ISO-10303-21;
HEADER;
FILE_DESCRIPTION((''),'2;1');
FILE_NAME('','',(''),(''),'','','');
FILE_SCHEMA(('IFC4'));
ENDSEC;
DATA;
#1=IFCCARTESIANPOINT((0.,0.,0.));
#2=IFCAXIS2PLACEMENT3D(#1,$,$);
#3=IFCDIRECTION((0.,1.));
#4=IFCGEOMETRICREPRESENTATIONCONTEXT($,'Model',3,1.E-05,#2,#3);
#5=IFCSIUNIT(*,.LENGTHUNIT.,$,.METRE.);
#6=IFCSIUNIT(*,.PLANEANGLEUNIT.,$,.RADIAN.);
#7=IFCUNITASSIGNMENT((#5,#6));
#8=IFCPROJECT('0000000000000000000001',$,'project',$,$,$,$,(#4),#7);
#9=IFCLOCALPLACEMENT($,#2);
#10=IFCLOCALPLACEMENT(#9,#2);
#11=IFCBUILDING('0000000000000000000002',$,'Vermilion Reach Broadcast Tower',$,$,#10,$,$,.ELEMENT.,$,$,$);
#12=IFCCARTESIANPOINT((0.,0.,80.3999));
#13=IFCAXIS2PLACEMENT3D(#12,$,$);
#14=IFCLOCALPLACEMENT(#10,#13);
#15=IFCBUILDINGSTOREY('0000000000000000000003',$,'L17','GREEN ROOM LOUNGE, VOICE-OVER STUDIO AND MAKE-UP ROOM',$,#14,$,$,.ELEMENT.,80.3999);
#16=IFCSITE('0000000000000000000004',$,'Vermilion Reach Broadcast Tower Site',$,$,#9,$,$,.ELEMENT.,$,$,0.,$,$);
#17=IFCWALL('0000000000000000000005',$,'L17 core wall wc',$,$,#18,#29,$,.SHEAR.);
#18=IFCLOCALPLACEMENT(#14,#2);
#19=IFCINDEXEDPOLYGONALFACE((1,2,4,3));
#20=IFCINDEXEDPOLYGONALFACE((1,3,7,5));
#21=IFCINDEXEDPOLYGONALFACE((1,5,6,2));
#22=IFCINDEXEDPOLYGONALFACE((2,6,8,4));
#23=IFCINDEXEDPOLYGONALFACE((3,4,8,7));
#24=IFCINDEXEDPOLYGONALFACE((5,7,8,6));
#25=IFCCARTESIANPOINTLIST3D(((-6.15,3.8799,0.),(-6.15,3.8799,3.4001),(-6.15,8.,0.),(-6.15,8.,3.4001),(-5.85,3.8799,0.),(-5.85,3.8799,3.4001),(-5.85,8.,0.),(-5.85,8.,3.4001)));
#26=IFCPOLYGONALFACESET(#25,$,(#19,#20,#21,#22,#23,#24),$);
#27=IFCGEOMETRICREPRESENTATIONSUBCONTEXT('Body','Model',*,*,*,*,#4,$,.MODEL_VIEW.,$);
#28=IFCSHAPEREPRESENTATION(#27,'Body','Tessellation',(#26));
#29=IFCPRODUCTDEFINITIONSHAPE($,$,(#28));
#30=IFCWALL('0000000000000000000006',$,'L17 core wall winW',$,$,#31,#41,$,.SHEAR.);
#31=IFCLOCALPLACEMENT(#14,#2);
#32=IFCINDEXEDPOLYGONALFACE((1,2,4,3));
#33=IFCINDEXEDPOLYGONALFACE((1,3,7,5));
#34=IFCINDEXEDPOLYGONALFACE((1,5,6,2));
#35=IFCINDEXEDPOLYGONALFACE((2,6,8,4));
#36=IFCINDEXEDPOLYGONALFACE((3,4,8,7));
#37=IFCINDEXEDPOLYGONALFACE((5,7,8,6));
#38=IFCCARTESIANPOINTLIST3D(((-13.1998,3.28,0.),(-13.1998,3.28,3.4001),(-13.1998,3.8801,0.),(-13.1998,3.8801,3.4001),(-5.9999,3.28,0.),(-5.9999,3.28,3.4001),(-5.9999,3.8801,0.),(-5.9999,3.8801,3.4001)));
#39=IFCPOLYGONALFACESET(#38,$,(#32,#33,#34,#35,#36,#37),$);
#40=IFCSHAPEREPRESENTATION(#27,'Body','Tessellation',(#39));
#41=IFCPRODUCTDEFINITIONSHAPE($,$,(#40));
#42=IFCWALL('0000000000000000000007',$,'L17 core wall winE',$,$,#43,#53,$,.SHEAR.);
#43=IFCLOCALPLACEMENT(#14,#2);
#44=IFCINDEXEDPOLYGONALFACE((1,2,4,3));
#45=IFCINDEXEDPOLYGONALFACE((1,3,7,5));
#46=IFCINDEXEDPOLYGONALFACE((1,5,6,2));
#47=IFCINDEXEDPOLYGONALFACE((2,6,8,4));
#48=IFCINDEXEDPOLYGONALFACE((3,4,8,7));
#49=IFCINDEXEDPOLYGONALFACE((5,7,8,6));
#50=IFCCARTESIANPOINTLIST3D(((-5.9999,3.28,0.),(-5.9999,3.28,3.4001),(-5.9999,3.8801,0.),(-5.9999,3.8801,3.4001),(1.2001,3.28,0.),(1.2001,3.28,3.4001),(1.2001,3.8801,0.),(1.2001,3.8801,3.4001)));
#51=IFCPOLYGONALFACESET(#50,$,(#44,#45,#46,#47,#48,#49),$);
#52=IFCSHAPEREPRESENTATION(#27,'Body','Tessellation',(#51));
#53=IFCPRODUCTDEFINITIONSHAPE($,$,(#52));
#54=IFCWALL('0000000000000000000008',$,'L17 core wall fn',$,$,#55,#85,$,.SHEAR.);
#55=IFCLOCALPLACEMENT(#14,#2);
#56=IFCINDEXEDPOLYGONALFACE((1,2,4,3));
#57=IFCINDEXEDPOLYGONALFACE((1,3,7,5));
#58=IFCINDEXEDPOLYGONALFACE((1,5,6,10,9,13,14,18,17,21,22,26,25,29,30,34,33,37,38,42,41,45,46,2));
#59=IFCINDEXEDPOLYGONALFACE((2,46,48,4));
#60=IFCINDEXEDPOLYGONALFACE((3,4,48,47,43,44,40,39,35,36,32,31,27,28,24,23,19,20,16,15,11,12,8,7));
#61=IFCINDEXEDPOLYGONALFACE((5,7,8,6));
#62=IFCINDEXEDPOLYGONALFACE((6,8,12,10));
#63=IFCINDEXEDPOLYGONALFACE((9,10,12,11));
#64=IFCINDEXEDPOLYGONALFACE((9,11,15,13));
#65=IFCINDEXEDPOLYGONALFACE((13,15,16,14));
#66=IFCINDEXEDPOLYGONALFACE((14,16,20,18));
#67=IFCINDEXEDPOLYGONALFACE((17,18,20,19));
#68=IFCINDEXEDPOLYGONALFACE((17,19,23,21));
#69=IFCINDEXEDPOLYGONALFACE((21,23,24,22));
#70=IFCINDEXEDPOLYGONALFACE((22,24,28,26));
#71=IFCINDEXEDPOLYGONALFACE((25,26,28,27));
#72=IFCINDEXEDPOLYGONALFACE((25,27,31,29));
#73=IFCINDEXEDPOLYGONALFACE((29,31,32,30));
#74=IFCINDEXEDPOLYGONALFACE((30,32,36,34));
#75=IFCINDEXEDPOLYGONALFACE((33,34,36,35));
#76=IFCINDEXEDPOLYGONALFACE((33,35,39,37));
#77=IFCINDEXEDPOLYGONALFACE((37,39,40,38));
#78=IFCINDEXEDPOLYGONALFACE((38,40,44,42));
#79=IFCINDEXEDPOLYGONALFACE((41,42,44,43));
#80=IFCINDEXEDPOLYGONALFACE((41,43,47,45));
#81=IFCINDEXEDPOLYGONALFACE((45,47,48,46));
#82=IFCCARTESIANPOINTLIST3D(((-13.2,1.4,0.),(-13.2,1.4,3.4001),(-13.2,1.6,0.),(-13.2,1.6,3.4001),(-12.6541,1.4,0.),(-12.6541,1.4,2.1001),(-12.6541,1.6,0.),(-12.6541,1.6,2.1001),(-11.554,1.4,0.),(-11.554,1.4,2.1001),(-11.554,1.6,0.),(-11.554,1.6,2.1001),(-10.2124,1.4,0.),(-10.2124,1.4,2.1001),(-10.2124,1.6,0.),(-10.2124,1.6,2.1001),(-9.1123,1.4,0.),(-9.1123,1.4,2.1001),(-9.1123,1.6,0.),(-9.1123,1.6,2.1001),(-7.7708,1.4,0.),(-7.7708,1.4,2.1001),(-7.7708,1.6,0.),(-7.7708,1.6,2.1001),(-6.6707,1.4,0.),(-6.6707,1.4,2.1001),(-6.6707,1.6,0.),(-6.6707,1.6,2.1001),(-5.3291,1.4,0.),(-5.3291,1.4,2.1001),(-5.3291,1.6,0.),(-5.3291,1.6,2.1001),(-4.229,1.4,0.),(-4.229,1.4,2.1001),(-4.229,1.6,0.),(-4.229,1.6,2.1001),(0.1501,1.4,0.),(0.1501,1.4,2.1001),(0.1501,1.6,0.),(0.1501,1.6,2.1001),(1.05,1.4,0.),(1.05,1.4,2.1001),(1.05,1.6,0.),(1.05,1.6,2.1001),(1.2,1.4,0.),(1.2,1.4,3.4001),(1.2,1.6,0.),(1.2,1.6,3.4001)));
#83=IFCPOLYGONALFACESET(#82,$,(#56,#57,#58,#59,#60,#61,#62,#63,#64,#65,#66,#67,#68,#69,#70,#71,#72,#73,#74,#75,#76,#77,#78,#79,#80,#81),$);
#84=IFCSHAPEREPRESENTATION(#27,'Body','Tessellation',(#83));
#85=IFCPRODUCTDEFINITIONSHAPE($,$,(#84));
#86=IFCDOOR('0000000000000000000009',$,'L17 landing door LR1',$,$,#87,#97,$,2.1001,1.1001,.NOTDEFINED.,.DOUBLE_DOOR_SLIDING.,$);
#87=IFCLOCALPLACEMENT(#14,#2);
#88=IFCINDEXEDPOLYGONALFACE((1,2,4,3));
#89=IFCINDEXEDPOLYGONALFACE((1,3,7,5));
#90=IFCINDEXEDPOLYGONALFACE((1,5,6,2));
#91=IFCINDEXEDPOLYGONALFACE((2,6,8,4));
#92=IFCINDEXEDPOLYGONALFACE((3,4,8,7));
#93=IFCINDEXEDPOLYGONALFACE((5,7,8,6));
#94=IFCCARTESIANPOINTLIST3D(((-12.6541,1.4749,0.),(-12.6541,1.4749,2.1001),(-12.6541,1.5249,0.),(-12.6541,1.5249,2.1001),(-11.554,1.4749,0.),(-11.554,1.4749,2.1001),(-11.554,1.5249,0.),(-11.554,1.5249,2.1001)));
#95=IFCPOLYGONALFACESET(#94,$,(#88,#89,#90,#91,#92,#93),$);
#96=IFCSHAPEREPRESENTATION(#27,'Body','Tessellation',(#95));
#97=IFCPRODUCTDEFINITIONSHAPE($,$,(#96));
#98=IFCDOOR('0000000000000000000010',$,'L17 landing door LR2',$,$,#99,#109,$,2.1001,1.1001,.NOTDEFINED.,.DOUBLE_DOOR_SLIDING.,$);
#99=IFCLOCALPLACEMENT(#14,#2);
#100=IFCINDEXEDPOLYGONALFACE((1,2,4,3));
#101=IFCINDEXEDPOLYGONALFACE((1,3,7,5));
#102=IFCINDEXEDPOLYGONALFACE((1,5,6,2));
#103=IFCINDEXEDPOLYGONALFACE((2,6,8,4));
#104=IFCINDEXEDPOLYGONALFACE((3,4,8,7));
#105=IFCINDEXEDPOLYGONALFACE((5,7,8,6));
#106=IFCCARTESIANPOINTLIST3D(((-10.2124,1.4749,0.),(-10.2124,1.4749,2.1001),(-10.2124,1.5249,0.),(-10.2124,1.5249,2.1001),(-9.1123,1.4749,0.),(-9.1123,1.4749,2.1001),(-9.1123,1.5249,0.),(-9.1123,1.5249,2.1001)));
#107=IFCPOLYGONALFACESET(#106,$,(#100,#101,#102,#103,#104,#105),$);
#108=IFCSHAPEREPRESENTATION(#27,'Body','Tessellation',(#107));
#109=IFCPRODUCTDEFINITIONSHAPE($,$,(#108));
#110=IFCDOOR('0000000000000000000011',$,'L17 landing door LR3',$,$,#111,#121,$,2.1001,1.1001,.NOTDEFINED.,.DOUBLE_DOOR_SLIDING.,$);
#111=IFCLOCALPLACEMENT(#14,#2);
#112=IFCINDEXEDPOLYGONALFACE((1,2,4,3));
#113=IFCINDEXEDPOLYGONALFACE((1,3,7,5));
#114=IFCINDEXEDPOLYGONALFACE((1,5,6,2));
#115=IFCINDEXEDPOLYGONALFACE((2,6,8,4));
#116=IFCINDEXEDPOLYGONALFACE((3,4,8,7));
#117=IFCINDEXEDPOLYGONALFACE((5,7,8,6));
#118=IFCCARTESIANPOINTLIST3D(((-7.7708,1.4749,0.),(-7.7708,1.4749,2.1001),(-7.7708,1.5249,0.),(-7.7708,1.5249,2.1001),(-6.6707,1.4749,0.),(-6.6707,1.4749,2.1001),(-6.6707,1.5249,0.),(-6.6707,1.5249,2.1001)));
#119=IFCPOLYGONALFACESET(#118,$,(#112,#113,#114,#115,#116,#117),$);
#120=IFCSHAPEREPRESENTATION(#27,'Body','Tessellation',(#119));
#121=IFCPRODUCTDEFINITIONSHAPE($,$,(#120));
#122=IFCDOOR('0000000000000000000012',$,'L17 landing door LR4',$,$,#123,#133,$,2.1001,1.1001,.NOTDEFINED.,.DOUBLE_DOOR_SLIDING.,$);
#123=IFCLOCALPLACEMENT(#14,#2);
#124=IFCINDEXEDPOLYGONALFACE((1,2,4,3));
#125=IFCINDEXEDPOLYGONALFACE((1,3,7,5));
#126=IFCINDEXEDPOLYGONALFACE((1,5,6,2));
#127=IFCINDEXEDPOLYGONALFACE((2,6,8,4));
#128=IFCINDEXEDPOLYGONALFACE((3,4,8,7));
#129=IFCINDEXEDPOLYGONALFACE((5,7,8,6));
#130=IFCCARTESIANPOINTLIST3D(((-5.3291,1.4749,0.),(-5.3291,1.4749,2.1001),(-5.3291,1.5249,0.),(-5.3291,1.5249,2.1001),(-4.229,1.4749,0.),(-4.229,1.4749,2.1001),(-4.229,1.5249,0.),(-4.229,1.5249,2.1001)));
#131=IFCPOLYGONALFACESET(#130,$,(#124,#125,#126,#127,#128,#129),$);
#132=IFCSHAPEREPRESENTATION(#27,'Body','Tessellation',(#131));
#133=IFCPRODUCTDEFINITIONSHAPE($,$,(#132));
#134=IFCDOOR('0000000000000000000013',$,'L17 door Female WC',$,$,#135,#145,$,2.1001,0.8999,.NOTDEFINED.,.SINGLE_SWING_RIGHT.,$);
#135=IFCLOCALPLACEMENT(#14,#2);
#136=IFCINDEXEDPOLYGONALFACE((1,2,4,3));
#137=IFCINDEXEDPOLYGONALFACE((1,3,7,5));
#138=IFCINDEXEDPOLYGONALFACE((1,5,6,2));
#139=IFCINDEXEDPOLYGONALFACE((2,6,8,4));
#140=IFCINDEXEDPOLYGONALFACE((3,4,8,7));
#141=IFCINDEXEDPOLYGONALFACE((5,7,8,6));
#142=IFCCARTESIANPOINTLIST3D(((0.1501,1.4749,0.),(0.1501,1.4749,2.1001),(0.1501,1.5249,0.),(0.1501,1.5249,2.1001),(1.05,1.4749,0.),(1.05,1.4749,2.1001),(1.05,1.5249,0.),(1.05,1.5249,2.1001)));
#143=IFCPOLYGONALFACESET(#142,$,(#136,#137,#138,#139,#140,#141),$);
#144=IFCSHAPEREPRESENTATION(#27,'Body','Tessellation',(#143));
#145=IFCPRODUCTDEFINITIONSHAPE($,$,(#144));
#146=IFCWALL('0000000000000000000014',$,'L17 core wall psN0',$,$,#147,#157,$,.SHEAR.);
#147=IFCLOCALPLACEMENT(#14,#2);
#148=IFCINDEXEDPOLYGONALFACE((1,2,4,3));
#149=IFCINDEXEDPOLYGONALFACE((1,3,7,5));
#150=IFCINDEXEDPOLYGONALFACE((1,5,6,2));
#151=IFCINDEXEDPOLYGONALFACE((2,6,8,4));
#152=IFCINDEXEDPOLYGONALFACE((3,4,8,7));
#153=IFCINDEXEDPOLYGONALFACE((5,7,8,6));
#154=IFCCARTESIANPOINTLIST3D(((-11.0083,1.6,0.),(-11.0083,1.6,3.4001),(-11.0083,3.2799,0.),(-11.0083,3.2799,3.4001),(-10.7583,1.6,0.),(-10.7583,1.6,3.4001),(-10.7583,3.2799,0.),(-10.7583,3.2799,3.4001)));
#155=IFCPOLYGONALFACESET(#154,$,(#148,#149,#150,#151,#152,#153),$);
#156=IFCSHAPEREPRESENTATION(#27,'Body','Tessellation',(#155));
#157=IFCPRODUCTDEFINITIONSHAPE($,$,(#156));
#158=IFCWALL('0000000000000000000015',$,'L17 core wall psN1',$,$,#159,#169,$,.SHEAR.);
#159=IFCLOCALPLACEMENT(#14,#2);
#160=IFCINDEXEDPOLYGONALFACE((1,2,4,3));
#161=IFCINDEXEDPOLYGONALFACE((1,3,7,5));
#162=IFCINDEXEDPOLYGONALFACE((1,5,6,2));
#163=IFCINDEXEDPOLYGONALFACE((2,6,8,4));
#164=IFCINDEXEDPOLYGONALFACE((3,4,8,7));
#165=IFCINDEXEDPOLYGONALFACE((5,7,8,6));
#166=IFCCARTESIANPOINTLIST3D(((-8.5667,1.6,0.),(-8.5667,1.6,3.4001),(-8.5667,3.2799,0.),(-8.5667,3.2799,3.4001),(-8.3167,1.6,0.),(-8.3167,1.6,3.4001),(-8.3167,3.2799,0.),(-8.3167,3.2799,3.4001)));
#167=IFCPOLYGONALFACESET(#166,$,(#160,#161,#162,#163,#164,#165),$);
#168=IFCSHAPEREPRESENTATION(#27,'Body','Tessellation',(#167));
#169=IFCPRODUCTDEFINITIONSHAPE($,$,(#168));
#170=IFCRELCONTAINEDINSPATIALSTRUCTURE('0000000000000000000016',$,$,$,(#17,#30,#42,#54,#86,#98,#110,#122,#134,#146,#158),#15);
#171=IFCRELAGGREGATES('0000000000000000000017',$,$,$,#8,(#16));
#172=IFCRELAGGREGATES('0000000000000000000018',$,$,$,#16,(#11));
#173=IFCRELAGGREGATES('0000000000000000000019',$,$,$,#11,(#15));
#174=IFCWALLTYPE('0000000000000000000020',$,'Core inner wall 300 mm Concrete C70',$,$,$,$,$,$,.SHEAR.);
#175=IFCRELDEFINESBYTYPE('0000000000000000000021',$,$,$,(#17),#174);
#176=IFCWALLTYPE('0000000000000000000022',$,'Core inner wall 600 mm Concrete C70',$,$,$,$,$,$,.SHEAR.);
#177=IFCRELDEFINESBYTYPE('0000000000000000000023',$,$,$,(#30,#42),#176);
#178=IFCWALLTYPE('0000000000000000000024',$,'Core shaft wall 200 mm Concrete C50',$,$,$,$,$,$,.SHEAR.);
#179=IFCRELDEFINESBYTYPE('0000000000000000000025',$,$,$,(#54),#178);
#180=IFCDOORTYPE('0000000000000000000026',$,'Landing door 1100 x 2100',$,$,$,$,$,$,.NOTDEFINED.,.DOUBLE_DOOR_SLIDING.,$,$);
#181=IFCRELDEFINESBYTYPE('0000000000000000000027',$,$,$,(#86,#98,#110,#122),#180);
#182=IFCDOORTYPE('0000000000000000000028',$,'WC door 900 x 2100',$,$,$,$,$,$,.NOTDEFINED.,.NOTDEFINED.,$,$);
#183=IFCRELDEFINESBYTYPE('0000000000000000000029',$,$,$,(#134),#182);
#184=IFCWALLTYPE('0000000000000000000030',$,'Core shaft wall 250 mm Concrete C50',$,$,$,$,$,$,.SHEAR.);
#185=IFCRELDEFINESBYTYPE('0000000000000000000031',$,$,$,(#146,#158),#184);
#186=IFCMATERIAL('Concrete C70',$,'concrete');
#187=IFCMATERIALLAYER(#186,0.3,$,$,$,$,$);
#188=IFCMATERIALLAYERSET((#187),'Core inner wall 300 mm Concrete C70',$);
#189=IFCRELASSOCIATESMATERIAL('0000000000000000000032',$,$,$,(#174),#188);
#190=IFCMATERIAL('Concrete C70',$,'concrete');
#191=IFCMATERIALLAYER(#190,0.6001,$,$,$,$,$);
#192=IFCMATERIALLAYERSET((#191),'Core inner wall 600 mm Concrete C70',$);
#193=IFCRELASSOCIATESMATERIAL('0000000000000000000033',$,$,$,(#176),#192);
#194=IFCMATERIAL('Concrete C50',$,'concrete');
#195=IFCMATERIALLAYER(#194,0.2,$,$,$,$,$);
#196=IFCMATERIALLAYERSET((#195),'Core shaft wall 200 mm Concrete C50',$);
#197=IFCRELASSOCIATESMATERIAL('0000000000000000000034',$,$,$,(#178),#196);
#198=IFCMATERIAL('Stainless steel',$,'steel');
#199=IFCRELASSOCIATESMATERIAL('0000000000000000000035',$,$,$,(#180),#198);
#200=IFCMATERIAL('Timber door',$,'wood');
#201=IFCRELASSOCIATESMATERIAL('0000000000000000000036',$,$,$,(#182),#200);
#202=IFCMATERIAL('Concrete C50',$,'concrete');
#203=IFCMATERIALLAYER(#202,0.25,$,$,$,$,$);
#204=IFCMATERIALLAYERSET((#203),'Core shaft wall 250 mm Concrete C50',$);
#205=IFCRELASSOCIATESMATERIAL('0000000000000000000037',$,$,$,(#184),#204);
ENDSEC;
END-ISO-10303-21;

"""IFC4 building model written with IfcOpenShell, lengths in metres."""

from ifc_helpers import new_model, si_unit, direction, frame, frame_2d, origin, place, context, subcontext, project, spatial, rectangle, extrude, material, layer, layer_set, type_object, element, fill, save


model = new_model("IFC4")

# Units and contexts
model_context = context("Model", 3, precision=1e-05, world=origin(), true_north=direction((0.0, 1.0)))
body_context = subcontext(model_context, "Body", "Model", "MODEL_VIEW")
ifc_project = project(units=[si_unit("LENGTHUNIT", "METRE"), si_unit("PLANEANGLEUNIT", "RADIAN")], contexts=[model_context])

# Site, building, storey
site_placement = place(None, origin())
site = spatial("IfcSite", under=ifc_project, at=site_placement, Name="Vermilion Reach Broadcast Tower Site", CompositionType="ELEMENT", RefElevation=0.0)
building_placement = place(site_placement, origin())
building = spatial("IfcBuilding", under=site, at=building_placement, Name="Vermilion Reach Broadcast Tower", CompositionType="ELEMENT")
storey_placement = place(building_placement, frame((0.0, 0.0, 80.3999)))
storey = spatial("IfcBuildingStorey", under=building, at=storey_placement, Name="L17", Description="GREEN ROOM LOUNGE, VOICE-OVER STUDIO AND MAKE-UP ROOM", CompositionType="ELEMENT", Elevation=80.3999)

# Walls
ifc_material_1 = material(Name="Concrete C70", Category="concrete")
ifc_layer_1 = layer(ifc_material_1, 0.3)
ifc_layer_set_1 = layer_set([ifc_layer_1], Name="Core inner wall 300 mm Concrete C70")
wall_type_1 = type_object("IfcWallType", Name="Core inner wall 300 mm Concrete C70", PredefinedType="SHEAR", material=ifc_layer_set_1)
wall_1_placement = place(storey_placement, frame((-6.0, 3.8799, 0.0), z_axis=(0.0, 0.0, 1.0), x_axis=(0.0, 1.0, 0.0)))
element("IfcWall", 1, at=wall_1_placement, inside=storey, type_object=wall_type_1, Name="L17 core wall wc", PredefinedType="SHEAR", context=body_context, shape_type="SweptSolid", body=[
    extrude(rectangle(XDim=4.1201, YDim=0.3, at=frame_2d((2.0601, 0.0))), origin(), (0.0, 0.0, 1.0), 3.4001),
])
ifc_material_2 = material(Name="Concrete C70", Category="concrete")
ifc_layer_2 = layer(ifc_material_2, 0.6001)
ifc_layer_set_2 = layer_set([ifc_layer_2], Name="Core inner wall 600 mm Concrete C70")
wall_type_2 = type_object("IfcWallType", Name="Core inner wall 600 mm Concrete C70", PredefinedType="SHEAR", material=ifc_layer_set_2)
for number, where, z_axis, x_axis, name in (
    (2, (-13.2, 3.5801, 0.0), (0.0, 0.0, 1.0), (1.0, 0.0, 0.0), "L17 core wall winW"),
    (3, (-6.0, 3.5801, 0.0), (0.0, 0.0, 1.0), (1.0, 0.0, 0.0), "L17 core wall winE"),
):
    element("IfcWall", number, at=place(storey_placement, frame(where, z_axis=z_axis, x_axis=x_axis)), inside=storey, type_object=wall_type_2, Name=name, PredefinedType="SHEAR", context=body_context, shape_type="SweptSolid", body=[
        extrude(rectangle(XDim=7.2, YDim=0.6001, at=frame_2d((3.6001, 0.0))), origin(), (0.0, 0.0, 1.0), 3.4001),
    ])

# Wall, openings, doors
ifc_material_3 = material(Name="Concrete C50", Category="concrete")
ifc_layer_3 = layer(ifc_material_3, 0.2)
ifc_layer_set_3 = layer_set([ifc_layer_3], Name="Core shaft wall 200 mm Concrete C50")
wall_type_3 = type_object("IfcWallType", Name="Core shaft wall 200 mm Concrete C50", PredefinedType="SHEAR", material=ifc_layer_set_3)
wall_2_placement = place(storey_placement, frame((-13.2, 1.5, 0.0), z_axis=(0.0, 0.0, 1.0), x_axis=(1.0, 0.0, 0.0)))
wall_2 = element("IfcWall", 4, at=wall_2_placement, inside=storey, type_object=wall_type_3, Name="L17 core wall fn", PredefinedType="SHEAR", context=body_context, shape_type="SweptSolid", body=[
    extrude(rectangle(XDim=14.3999, YDim=0.2, at=frame_2d((7.2, 0.0))), origin(), (0.0, 0.0, 1.0), 3.4001),
])
opening_1_placement = place(wall_2_placement, frame((0.5459, 0.0, 0.0)))
opening_1 = element("IfcOpeningElement", 5, at=opening_1_placement, cuts=wall_2, PredefinedType="OPENING", context=body_context, shape_type="SweptSolid", body=[
    extrude(rectangle(XDim=1.1001, YDim=2.1001, at=frame_2d((0.55, 1.05))), frame((0.0, 0.1099, 0.0), z_axis=(0.0, -1.0, 0.0), x_axis=(1.0, 0.0, 0.0)), (0.0, 0.0, 1.0), 0.22),
])
opening_2_placement = place(wall_2_placement, frame((2.9875, 0.0, 0.0)))
opening_2 = element("IfcOpeningElement", 6, at=opening_2_placement, cuts=wall_2, PredefinedType="OPENING", context=body_context, shape_type="SweptSolid", body=[
    extrude(rectangle(XDim=1.1001, YDim=2.1001, at=frame_2d((0.55, 1.05))), frame((0.0, 0.1099, 0.0), z_axis=(0.0, -1.0, 0.0), x_axis=(1.0, 0.0, 0.0)), (0.0, 0.0, 1.0), 0.22),
])
opening_3_placement = place(wall_2_placement, frame((5.4292, 0.0, 0.0)))
opening_3 = element("IfcOpeningElement", 7, at=opening_3_placement, cuts=wall_2, PredefinedType="OPENING", context=body_context, shape_type="SweptSolid", body=[
    extrude(rectangle(XDim=1.1001, YDim=2.1001, at=frame_2d((0.55, 1.05))), frame((0.0, 0.1099, 0.0), z_axis=(0.0, -1.0, 0.0), x_axis=(1.0, 0.0, 0.0)), (0.0, 0.0, 1.0), 0.22),
])
opening_4_placement = place(wall_2_placement, frame((7.8708, 0.0, 0.0)))
opening_4 = element("IfcOpeningElement", 8, at=opening_4_placement, cuts=wall_2, PredefinedType="OPENING", context=body_context, shape_type="SweptSolid", body=[
    extrude(rectangle(XDim=1.1001, YDim=2.1001, at=frame_2d((0.55, 1.05))), frame((0.0, 0.1099, 0.0), z_axis=(0.0, -1.0, 0.0), x_axis=(1.0, 0.0, 0.0)), (0.0, 0.0, 1.0), 0.22),
])
opening_5_placement = place(wall_2_placement, frame((13.3501, 0.0, 0.0)))
opening_5 = element("IfcOpeningElement", 9, at=opening_5_placement, cuts=wall_2, PredefinedType="OPENING", context=body_context, shape_type="SweptSolid", body=[
    extrude(rectangle(XDim=0.8999, YDim=2.1001, at=frame_2d((0.45, 1.05))), frame((0.0, 0.1099, 0.0), z_axis=(0.0, -1.0, 0.0), x_axis=(1.0, 0.0, 0.0)), (0.0, 0.0, 1.0), 0.22),
])
ifc_material_4 = material(Name="Stainless steel", Category="steel")
door_type_1 = type_object("IfcDoorType", Name="Landing door 1100 x 2100", OperationType="DOUBLE_DOOR_SLIDING", PredefinedType="NOTDEFINED", material=ifc_material_4)
door_1_placement = place(opening_1_placement, origin())
door_1 = element("IfcDoor", 10, at=door_1_placement, inside=storey, type_object=door_type_1, Name="L17 landing door LR1", OperationType="DOUBLE_DOOR_SLIDING", OverallHeight=2.1001, OverallWidth=1.1001, PredefinedType="NOTDEFINED", context=body_context, shape_type="SweptSolid", body=[
    extrude(rectangle(XDim=1.1001, YDim=2.1001, at=frame_2d((0.55, 1.05))), frame((0.0, 0.0249, 0.0), z_axis=(0.0, -1.0, 0.0), x_axis=(1.0, 0.0, 0.0)), (0.0, 0.0, 1.0), 0.05),
])
fill(opening_1, door_1)
door_2_placement = place(opening_2_placement, origin())
door_2 = element("IfcDoor", 11, at=door_2_placement, inside=storey, type_object=door_type_1, Name="L17 landing door LR2", OperationType="DOUBLE_DOOR_SLIDING", OverallHeight=2.1001, OverallWidth=1.1001, PredefinedType="NOTDEFINED", context=body_context, shape_type="SweptSolid", body=[
    extrude(rectangle(XDim=1.1001, YDim=2.1001, at=frame_2d((0.55, 1.05))), frame((0.0, 0.0249, 0.0), z_axis=(0.0, -1.0, 0.0), x_axis=(1.0, 0.0, 0.0)), (0.0, 0.0, 1.0), 0.05),
])
fill(opening_2, door_2)
door_3_placement = place(opening_3_placement, origin())
door_3 = element("IfcDoor", 12, at=door_3_placement, inside=storey, type_object=door_type_1, Name="L17 landing door LR3", OperationType="DOUBLE_DOOR_SLIDING", OverallHeight=2.1001, OverallWidth=1.1001, PredefinedType="NOTDEFINED", context=body_context, shape_type="SweptSolid", body=[
    extrude(rectangle(XDim=1.1001, YDim=2.1001, at=frame_2d((0.55, 1.05))), frame((0.0, 0.0249, 0.0), z_axis=(0.0, -1.0, 0.0), x_axis=(1.0, 0.0, 0.0)), (0.0, 0.0, 1.0), 0.05),
])
fill(opening_3, door_3)
door_4_placement = place(opening_4_placement, origin())
door_4 = element("IfcDoor", 13, at=door_4_placement, inside=storey, type_object=door_type_1, Name="L17 landing door LR4", OperationType="DOUBLE_DOOR_SLIDING", OverallHeight=2.1001, OverallWidth=1.1001, PredefinedType="NOTDEFINED", context=body_context, shape_type="SweptSolid", body=[
    extrude(rectangle(XDim=1.1001, YDim=2.1001, at=frame_2d((0.55, 1.05))), frame((0.0, 0.0249, 0.0), z_axis=(0.0, -1.0, 0.0), x_axis=(1.0, 0.0, 0.0)), (0.0, 0.0, 1.0), 0.05),
])
fill(opening_4, door_4)
ifc_material_5 = material(Name="Timber door", Category="wood")
door_type_2 = type_object("IfcDoorType", Name="WC door 900 x 2100", OperationType="NOTDEFINED", PredefinedType="NOTDEFINED", material=ifc_material_5)
door_5_placement = place(opening_5_placement, origin())
door_5 = element("IfcDoor", 14, at=door_5_placement, inside=storey, type_object=door_type_2, Name="L17 door Female WC", OperationType="SINGLE_SWING_RIGHT", OverallHeight=2.1001, OverallWidth=0.8999, PredefinedType="NOTDEFINED", context=body_context, shape_type="SweptSolid", body=[
    extrude(rectangle(XDim=0.8999, YDim=2.1001, at=frame_2d((0.45, 1.05))), frame((0.0, 0.0249, 0.0), z_axis=(0.0, -1.0, 0.0), x_axis=(1.0, 0.0, 0.0)), (0.0, 0.0, 1.0), 0.05),
])
fill(opening_5, door_5)

# Walls
ifc_material_6 = material(Name="Concrete C50", Category="concrete")
ifc_layer_4 = layer(ifc_material_6, 0.25)
ifc_layer_set_4 = layer_set([ifc_layer_4], Name="Core shaft wall 250 mm Concrete C50")
wall_type_4 = type_object("IfcWallType", Name="Core shaft wall 250 mm Concrete C50", PredefinedType="SHEAR", material=ifc_layer_set_4)
for number, where, z_axis, x_axis, name in (
    (15, (-10.8833, 1.6001, 0.0), (0.0, 0.0, 1.0), (0.0, 1.0, 0.0), "L17 core wall psN0"),
    (16, (-8.4417, 1.6001, 0.0), (0.0, 0.0, 1.0), (0.0, 1.0, 0.0), "L17 core wall psN1"),
):
    element("IfcWall", number, at=place(storey_placement, frame(where, z_axis=z_axis, x_axis=x_axis)), inside=storey, type_object=wall_type_4, Name=name, PredefinedType="SHEAR", context=body_context, shape_type="SweptSolid", body=[
        extrude(rectangle(XDim=1.6799, YDim=0.25, at=frame_2d((0.8398, 0.0))), origin(), (0.0, 0.0, 1.0), 3.4001),
    ])

save(model, "model.ifc")
